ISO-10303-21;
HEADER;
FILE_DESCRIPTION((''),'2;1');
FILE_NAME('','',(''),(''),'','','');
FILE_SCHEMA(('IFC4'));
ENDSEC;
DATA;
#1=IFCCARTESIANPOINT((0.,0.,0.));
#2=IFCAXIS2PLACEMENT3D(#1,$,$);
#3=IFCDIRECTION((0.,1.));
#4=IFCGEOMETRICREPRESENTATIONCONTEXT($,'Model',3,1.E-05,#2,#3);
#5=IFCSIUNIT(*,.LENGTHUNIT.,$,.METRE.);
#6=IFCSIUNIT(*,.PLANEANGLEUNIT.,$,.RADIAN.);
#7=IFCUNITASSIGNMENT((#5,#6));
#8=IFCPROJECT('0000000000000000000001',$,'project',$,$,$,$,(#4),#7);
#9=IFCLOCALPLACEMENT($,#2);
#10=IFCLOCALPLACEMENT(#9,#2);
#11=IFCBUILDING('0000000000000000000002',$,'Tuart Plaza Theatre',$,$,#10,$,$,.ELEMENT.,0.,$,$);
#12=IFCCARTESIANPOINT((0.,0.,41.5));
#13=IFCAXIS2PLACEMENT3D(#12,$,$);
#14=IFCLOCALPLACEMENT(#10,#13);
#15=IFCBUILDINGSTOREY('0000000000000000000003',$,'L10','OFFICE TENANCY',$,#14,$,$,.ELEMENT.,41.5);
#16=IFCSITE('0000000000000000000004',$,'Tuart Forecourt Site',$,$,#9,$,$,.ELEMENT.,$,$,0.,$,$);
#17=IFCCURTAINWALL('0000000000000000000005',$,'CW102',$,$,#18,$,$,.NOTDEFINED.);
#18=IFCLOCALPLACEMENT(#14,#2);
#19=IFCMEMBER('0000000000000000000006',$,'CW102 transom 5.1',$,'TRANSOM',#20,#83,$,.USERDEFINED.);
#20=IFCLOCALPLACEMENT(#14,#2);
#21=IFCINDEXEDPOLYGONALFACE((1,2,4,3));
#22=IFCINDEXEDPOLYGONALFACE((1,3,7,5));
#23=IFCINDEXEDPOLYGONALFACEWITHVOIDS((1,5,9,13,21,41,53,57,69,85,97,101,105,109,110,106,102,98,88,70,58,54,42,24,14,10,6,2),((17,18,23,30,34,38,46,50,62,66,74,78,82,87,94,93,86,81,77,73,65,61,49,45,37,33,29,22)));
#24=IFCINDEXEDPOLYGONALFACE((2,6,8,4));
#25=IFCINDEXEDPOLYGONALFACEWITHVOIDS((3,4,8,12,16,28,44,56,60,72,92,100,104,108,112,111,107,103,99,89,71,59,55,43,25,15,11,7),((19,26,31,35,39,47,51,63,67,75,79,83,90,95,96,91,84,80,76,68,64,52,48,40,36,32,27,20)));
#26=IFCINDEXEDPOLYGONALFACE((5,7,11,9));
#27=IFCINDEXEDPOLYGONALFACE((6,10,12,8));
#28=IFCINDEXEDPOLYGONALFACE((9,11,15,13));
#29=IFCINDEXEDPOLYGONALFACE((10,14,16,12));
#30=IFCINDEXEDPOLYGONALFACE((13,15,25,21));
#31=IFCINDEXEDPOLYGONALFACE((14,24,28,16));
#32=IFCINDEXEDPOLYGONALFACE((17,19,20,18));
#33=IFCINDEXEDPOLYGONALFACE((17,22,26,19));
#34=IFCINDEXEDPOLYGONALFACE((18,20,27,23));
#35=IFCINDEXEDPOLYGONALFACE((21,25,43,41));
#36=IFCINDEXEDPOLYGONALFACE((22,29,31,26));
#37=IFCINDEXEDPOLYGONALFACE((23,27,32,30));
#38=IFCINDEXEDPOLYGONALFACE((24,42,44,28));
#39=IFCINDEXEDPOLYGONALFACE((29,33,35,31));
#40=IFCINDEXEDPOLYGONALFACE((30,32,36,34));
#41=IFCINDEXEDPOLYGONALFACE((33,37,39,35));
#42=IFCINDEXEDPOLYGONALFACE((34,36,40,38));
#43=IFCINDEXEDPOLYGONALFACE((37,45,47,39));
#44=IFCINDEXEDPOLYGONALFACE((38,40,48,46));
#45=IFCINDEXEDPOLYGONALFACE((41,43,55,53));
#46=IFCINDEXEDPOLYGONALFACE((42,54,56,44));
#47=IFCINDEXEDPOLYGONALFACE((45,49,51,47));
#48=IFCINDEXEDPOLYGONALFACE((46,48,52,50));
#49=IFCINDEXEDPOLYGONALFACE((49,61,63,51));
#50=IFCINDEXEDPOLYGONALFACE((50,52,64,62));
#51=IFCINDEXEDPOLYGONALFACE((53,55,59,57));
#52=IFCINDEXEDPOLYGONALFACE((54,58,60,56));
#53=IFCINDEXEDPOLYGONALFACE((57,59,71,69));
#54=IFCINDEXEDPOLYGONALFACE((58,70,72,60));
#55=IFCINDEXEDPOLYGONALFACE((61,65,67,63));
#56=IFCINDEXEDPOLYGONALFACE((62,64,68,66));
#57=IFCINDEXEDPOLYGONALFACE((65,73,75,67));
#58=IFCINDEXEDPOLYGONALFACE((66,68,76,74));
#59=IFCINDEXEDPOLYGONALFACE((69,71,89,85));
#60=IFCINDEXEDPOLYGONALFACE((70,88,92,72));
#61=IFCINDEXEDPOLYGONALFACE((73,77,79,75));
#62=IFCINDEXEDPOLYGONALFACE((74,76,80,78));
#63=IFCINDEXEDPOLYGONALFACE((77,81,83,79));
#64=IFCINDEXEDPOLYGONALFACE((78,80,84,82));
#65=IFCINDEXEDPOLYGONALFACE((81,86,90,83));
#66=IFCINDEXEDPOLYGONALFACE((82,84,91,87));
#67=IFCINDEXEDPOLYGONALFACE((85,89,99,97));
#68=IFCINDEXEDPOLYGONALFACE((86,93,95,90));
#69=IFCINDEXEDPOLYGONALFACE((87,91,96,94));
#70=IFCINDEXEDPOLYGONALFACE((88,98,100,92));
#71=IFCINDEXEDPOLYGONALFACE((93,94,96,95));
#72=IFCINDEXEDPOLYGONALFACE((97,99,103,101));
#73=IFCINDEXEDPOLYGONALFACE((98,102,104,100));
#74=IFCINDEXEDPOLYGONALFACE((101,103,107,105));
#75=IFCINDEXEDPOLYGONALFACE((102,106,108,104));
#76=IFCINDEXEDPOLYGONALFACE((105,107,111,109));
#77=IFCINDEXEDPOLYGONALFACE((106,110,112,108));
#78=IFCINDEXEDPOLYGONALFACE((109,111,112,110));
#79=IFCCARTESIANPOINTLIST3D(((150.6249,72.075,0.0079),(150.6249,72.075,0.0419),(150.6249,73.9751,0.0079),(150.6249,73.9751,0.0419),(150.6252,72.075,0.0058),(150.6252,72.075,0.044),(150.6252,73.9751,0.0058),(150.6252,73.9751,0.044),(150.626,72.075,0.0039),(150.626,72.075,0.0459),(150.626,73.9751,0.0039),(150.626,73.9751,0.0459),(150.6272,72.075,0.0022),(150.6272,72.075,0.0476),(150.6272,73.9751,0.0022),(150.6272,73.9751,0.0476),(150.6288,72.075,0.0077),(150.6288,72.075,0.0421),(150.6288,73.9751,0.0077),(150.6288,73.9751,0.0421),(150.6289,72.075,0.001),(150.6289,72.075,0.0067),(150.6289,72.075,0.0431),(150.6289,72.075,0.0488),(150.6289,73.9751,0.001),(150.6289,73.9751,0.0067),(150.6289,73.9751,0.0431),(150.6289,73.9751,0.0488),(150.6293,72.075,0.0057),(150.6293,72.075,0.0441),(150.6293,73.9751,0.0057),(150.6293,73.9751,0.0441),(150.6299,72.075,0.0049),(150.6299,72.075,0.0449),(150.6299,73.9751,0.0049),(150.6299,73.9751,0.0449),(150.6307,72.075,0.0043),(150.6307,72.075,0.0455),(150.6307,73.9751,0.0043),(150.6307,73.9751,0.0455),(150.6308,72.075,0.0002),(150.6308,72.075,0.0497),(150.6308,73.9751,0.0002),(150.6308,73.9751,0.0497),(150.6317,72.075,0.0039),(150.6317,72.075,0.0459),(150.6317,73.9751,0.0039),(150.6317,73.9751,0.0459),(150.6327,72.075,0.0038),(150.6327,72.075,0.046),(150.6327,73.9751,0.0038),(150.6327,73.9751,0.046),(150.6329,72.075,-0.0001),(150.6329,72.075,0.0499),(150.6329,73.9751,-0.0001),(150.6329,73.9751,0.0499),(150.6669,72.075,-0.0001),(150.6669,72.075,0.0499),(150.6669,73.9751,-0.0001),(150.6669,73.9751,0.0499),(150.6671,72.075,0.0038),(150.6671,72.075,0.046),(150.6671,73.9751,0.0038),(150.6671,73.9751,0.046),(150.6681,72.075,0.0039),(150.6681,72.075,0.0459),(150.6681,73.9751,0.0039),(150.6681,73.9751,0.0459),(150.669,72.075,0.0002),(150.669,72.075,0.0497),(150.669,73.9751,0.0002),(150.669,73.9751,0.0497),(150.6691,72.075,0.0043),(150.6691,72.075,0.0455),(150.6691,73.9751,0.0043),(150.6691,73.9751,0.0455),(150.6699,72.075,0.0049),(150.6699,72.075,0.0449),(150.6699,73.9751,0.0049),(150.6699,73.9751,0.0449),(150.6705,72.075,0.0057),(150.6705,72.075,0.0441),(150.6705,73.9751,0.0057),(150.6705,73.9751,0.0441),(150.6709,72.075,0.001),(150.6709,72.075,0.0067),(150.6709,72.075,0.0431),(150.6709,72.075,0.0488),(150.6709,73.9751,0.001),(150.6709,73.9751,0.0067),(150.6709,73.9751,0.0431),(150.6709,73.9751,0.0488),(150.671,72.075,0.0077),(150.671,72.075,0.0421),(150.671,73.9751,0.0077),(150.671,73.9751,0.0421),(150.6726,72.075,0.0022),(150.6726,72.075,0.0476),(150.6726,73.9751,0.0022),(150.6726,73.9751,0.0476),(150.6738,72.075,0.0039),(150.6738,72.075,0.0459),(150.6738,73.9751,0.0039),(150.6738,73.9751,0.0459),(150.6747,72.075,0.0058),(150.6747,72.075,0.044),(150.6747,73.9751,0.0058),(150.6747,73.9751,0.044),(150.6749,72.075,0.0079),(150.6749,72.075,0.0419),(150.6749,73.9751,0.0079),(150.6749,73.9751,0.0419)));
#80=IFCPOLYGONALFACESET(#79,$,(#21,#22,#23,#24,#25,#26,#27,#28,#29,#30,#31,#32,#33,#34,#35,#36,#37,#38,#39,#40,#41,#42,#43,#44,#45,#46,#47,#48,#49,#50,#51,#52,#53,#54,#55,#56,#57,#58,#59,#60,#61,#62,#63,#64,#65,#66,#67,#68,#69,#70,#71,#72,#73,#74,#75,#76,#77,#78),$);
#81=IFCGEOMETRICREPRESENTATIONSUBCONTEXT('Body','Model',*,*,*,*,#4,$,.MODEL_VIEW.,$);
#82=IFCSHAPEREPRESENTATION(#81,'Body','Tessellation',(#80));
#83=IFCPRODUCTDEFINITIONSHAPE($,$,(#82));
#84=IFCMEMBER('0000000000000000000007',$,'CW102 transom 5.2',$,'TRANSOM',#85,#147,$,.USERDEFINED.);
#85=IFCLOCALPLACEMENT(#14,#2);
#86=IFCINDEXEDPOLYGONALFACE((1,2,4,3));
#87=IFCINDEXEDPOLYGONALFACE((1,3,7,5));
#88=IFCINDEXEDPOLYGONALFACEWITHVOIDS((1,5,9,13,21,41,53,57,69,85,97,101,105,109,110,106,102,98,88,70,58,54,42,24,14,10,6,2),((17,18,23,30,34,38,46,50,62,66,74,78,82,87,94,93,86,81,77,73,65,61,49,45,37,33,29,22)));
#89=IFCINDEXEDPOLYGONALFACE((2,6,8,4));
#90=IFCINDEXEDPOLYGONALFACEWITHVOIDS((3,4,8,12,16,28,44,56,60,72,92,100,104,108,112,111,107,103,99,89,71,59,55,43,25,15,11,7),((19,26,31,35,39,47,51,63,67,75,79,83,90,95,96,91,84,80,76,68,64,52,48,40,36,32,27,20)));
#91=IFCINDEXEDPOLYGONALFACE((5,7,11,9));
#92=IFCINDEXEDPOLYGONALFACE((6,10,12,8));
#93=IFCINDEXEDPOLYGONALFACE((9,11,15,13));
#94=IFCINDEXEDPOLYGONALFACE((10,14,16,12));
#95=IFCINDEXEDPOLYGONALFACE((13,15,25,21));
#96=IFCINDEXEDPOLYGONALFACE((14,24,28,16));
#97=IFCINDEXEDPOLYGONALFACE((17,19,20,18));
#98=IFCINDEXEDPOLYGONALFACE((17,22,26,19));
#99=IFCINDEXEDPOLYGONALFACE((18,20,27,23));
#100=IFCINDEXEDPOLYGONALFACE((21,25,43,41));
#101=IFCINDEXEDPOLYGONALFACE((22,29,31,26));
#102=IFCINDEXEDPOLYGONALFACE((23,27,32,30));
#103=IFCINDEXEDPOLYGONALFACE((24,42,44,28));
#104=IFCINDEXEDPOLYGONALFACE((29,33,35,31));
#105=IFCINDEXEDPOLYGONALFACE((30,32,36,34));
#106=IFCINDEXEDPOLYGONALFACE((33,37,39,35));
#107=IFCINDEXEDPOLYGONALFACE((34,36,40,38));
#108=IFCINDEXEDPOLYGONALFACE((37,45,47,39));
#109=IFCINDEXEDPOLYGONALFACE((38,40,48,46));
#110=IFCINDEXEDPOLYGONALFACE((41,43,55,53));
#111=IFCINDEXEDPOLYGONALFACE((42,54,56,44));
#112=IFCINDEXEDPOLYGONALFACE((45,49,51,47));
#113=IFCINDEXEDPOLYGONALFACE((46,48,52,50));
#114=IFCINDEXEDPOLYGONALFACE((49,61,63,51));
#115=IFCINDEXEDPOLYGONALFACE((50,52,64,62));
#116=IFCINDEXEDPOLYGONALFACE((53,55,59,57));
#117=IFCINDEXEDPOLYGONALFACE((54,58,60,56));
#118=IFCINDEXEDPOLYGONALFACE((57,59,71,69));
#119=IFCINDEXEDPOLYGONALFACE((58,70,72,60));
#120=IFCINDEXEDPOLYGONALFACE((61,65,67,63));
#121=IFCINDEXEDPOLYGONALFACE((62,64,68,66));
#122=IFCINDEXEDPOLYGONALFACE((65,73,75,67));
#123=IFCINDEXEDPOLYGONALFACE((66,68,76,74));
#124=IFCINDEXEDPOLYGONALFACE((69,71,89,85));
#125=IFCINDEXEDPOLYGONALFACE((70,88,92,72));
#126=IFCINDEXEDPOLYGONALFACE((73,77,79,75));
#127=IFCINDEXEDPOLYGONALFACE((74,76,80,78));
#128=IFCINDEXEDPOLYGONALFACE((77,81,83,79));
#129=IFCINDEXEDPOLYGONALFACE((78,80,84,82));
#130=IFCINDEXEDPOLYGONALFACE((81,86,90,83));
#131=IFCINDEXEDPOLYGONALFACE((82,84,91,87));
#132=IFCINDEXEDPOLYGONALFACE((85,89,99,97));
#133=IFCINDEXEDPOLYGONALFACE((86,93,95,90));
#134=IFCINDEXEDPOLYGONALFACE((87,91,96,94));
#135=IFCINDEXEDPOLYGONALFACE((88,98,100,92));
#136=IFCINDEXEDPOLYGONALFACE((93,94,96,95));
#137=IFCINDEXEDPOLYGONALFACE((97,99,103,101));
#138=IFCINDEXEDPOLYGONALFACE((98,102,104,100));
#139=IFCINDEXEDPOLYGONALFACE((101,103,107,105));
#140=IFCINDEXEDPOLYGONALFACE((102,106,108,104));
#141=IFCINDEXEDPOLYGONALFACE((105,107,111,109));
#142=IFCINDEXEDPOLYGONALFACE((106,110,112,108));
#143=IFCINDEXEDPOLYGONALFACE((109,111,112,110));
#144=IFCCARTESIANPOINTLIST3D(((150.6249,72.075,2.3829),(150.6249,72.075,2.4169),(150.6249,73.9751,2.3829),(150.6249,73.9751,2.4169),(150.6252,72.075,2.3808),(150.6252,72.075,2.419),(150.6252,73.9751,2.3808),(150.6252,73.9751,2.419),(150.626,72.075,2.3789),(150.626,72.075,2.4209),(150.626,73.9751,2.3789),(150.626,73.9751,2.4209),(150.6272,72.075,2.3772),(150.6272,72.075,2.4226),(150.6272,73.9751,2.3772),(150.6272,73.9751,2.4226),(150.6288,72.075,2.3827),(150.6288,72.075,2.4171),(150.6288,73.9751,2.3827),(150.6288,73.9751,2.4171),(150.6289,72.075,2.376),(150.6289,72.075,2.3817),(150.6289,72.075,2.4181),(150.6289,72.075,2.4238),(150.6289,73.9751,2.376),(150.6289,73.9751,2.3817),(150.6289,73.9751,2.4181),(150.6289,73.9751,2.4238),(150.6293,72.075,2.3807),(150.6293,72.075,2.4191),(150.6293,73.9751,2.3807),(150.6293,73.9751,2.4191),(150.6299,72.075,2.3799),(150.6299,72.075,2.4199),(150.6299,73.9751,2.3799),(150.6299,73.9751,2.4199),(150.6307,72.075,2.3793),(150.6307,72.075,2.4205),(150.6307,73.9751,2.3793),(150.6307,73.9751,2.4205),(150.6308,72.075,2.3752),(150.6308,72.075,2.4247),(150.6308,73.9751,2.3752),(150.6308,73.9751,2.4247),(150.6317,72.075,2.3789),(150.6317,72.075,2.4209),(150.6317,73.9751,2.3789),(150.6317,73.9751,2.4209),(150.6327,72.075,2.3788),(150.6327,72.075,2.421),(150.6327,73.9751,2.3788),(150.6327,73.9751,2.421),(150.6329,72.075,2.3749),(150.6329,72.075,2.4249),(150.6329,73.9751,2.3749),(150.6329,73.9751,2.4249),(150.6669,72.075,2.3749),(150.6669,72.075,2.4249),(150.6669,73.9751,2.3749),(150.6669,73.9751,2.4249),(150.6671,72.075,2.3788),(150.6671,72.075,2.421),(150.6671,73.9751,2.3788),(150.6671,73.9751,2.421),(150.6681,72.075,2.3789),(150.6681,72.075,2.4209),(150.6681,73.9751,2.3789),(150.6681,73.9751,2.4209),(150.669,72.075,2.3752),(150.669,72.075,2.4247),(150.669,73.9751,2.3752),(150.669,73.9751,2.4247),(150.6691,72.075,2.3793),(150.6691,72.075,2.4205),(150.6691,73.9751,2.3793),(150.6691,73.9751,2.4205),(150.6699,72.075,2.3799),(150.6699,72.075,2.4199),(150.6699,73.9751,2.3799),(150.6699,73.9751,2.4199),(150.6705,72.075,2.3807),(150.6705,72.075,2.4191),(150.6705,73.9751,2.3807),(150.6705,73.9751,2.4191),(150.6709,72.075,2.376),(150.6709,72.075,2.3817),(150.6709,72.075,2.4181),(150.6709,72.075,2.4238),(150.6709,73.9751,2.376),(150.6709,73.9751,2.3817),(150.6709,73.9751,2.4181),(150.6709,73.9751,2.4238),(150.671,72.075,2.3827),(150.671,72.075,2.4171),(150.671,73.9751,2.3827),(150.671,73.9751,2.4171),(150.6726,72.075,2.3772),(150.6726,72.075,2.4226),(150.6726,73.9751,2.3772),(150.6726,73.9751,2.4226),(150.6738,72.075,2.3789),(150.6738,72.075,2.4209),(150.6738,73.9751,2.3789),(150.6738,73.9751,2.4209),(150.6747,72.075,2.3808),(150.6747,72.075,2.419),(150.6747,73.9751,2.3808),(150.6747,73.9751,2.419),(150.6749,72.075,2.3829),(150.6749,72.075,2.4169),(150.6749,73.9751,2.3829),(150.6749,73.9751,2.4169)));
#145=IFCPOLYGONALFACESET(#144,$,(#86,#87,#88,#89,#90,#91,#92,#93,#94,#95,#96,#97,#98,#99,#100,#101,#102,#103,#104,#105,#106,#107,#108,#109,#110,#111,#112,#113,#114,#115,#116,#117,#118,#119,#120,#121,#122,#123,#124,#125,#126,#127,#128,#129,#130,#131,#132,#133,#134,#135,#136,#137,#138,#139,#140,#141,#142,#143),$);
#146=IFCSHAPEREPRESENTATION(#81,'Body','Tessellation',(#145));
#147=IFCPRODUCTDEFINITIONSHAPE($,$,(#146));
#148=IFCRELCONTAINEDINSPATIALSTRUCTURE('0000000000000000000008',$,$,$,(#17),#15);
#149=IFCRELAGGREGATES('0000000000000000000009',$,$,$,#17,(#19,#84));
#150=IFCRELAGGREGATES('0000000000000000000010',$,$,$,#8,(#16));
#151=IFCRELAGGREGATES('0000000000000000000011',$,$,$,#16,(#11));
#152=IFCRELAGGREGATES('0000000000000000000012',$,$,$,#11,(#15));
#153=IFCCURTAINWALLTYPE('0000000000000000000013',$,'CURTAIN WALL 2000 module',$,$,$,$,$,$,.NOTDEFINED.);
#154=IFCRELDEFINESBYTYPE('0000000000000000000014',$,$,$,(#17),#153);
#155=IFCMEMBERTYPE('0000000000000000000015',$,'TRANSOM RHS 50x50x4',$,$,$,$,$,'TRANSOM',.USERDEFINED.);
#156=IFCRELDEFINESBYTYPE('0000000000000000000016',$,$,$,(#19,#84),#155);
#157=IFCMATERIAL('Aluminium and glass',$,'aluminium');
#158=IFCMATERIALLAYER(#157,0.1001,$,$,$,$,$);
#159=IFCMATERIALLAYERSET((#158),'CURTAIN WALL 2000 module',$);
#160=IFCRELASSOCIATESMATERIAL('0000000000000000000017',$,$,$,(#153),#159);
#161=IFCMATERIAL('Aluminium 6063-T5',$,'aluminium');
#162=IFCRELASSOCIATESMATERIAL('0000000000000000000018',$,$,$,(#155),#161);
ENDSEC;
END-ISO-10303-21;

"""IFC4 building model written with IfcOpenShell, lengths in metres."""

from ifc_helpers import new_model, si_unit, direction, frame, origin, origin_2d, place, context, subcontext, project, spatial, hollow_rectangle, extrude, material, layer, layer_set, material_profile, profile_set, type_object, element, aggregate, save


model = new_model("IFC4")

# Units and contexts
model_context = context("Model", 3, precision=1e-05, world=origin(), true_north=direction((0.0, 1.0)))
body_context = subcontext(model_context, "Body", "Model", "MODEL_VIEW")
ifc_project = project(units=[si_unit("LENGTHUNIT", "METRE"), si_unit("PLANEANGLEUNIT", "RADIAN")], contexts=[model_context])

# Site, building, storey
site_placement = place(None, origin())
site = spatial("IfcSite", under=ifc_project, at=site_placement, Name="Tuart Forecourt Site", CompositionType="ELEMENT", RefElevation=0.0)
building_placement = place(site_placement, origin())
building = spatial("IfcBuilding", under=site, at=building_placement, Name="Tuart Plaza Theatre", CompositionType="ELEMENT", ElevationOfRefHeight=0.0)
storey_placement = place(building_placement, frame((0.0, 0.0, 41.5)))
storey = spatial("IfcBuildingStorey", under=building, at=storey_placement, Name="L10", Description="OFFICE TENANCY", CompositionType="ELEMENT", Elevation=41.5)

# Curtain wall
ifc_material_1 = material(Name="Aluminium and glass", Category="aluminium")
ifc_layer_1 = layer(ifc_material_1, 0.1001)
ifc_layer_set_1 = layer_set([ifc_layer_1], Name="CURTAIN WALL 2000 module")
curtain_wall_type = type_object("IfcCurtainWallType", Name="CURTAIN WALL 2000 module", PredefinedType="NOTDEFINED", material=ifc_layer_set_1)
curtain_wall_1_placement = place(storey_placement, origin())
curtain_wall_1 = element("IfcCurtainWall", 1, at=curtain_wall_1_placement, inside=storey, type_object=curtain_wall_type, Name="CW102", PredefinedType="NOTDEFINED")

# Members
ifc_material_2 = material(Name="Aluminium 6063-T5", Category="aluminium")
ifc_material_profile_1 = material_profile(ifc_material_2, hollow_rectangle(XDim=0.05, YDim=0.05, WallThickness=0.0039, InnerFilletRadius=0.0039, OuterFilletRadius=0.0081, at=origin_2d()), Name="RHS 50x50x4")
ifc_profile_set_1 = profile_set([ifc_material_profile_1], Name="Aluminium 6063-T5")
member_type_1 = type_object("IfcMemberType", Name="TRANSOM RHS 50x50x4", ElementType="TRANSOM", PredefinedType="USERDEFINED", material=ifc_profile_set_1)
member_1_placement = place(storey_placement, frame((150.6499, 72.075, 0.0249), z_axis=(0.0, 1.0, 0.0), x_axis=(-1.0, 0.0, 0.0)))
member_1 = element("IfcMember", 2, at=member_1_placement, type_object=member_type_1, Name="CW102 transom 5.1", ObjectType="TRANSOM", PredefinedType="USERDEFINED", context=body_context, shape_type="SweptSolid", body=[
    extrude(hollow_rectangle(XDim=0.05, YDim=0.05, WallThickness=0.0039, InnerFilletRadius=0.0039, OuterFilletRadius=0.0081, at=origin_2d()), origin(), (0.0, 0.0, 1.0), 1.9001),
])
member_2_placement = place(storey_placement, frame((150.6499, 72.075, 2.3999), z_axis=(0.0, 1.0, 0.0), x_axis=(-1.0, 0.0, 0.0)))
member_2 = element("IfcMember", 3, at=member_2_placement, type_object=member_type_1, Name="CW102 transom 5.2", ObjectType="TRANSOM", PredefinedType="USERDEFINED", context=body_context, shape_type="SweptSolid", body=[
    extrude(hollow_rectangle(XDim=0.05, YDim=0.05, WallThickness=0.0039, InnerFilletRadius=0.0039, OuterFilletRadius=0.0081, at=origin_2d()), origin(), (0.0, 0.0, 1.0), 1.9001),
])

aggregate(curtain_wall_1, [member_1, member_2])

save(model, "model.ifc")
